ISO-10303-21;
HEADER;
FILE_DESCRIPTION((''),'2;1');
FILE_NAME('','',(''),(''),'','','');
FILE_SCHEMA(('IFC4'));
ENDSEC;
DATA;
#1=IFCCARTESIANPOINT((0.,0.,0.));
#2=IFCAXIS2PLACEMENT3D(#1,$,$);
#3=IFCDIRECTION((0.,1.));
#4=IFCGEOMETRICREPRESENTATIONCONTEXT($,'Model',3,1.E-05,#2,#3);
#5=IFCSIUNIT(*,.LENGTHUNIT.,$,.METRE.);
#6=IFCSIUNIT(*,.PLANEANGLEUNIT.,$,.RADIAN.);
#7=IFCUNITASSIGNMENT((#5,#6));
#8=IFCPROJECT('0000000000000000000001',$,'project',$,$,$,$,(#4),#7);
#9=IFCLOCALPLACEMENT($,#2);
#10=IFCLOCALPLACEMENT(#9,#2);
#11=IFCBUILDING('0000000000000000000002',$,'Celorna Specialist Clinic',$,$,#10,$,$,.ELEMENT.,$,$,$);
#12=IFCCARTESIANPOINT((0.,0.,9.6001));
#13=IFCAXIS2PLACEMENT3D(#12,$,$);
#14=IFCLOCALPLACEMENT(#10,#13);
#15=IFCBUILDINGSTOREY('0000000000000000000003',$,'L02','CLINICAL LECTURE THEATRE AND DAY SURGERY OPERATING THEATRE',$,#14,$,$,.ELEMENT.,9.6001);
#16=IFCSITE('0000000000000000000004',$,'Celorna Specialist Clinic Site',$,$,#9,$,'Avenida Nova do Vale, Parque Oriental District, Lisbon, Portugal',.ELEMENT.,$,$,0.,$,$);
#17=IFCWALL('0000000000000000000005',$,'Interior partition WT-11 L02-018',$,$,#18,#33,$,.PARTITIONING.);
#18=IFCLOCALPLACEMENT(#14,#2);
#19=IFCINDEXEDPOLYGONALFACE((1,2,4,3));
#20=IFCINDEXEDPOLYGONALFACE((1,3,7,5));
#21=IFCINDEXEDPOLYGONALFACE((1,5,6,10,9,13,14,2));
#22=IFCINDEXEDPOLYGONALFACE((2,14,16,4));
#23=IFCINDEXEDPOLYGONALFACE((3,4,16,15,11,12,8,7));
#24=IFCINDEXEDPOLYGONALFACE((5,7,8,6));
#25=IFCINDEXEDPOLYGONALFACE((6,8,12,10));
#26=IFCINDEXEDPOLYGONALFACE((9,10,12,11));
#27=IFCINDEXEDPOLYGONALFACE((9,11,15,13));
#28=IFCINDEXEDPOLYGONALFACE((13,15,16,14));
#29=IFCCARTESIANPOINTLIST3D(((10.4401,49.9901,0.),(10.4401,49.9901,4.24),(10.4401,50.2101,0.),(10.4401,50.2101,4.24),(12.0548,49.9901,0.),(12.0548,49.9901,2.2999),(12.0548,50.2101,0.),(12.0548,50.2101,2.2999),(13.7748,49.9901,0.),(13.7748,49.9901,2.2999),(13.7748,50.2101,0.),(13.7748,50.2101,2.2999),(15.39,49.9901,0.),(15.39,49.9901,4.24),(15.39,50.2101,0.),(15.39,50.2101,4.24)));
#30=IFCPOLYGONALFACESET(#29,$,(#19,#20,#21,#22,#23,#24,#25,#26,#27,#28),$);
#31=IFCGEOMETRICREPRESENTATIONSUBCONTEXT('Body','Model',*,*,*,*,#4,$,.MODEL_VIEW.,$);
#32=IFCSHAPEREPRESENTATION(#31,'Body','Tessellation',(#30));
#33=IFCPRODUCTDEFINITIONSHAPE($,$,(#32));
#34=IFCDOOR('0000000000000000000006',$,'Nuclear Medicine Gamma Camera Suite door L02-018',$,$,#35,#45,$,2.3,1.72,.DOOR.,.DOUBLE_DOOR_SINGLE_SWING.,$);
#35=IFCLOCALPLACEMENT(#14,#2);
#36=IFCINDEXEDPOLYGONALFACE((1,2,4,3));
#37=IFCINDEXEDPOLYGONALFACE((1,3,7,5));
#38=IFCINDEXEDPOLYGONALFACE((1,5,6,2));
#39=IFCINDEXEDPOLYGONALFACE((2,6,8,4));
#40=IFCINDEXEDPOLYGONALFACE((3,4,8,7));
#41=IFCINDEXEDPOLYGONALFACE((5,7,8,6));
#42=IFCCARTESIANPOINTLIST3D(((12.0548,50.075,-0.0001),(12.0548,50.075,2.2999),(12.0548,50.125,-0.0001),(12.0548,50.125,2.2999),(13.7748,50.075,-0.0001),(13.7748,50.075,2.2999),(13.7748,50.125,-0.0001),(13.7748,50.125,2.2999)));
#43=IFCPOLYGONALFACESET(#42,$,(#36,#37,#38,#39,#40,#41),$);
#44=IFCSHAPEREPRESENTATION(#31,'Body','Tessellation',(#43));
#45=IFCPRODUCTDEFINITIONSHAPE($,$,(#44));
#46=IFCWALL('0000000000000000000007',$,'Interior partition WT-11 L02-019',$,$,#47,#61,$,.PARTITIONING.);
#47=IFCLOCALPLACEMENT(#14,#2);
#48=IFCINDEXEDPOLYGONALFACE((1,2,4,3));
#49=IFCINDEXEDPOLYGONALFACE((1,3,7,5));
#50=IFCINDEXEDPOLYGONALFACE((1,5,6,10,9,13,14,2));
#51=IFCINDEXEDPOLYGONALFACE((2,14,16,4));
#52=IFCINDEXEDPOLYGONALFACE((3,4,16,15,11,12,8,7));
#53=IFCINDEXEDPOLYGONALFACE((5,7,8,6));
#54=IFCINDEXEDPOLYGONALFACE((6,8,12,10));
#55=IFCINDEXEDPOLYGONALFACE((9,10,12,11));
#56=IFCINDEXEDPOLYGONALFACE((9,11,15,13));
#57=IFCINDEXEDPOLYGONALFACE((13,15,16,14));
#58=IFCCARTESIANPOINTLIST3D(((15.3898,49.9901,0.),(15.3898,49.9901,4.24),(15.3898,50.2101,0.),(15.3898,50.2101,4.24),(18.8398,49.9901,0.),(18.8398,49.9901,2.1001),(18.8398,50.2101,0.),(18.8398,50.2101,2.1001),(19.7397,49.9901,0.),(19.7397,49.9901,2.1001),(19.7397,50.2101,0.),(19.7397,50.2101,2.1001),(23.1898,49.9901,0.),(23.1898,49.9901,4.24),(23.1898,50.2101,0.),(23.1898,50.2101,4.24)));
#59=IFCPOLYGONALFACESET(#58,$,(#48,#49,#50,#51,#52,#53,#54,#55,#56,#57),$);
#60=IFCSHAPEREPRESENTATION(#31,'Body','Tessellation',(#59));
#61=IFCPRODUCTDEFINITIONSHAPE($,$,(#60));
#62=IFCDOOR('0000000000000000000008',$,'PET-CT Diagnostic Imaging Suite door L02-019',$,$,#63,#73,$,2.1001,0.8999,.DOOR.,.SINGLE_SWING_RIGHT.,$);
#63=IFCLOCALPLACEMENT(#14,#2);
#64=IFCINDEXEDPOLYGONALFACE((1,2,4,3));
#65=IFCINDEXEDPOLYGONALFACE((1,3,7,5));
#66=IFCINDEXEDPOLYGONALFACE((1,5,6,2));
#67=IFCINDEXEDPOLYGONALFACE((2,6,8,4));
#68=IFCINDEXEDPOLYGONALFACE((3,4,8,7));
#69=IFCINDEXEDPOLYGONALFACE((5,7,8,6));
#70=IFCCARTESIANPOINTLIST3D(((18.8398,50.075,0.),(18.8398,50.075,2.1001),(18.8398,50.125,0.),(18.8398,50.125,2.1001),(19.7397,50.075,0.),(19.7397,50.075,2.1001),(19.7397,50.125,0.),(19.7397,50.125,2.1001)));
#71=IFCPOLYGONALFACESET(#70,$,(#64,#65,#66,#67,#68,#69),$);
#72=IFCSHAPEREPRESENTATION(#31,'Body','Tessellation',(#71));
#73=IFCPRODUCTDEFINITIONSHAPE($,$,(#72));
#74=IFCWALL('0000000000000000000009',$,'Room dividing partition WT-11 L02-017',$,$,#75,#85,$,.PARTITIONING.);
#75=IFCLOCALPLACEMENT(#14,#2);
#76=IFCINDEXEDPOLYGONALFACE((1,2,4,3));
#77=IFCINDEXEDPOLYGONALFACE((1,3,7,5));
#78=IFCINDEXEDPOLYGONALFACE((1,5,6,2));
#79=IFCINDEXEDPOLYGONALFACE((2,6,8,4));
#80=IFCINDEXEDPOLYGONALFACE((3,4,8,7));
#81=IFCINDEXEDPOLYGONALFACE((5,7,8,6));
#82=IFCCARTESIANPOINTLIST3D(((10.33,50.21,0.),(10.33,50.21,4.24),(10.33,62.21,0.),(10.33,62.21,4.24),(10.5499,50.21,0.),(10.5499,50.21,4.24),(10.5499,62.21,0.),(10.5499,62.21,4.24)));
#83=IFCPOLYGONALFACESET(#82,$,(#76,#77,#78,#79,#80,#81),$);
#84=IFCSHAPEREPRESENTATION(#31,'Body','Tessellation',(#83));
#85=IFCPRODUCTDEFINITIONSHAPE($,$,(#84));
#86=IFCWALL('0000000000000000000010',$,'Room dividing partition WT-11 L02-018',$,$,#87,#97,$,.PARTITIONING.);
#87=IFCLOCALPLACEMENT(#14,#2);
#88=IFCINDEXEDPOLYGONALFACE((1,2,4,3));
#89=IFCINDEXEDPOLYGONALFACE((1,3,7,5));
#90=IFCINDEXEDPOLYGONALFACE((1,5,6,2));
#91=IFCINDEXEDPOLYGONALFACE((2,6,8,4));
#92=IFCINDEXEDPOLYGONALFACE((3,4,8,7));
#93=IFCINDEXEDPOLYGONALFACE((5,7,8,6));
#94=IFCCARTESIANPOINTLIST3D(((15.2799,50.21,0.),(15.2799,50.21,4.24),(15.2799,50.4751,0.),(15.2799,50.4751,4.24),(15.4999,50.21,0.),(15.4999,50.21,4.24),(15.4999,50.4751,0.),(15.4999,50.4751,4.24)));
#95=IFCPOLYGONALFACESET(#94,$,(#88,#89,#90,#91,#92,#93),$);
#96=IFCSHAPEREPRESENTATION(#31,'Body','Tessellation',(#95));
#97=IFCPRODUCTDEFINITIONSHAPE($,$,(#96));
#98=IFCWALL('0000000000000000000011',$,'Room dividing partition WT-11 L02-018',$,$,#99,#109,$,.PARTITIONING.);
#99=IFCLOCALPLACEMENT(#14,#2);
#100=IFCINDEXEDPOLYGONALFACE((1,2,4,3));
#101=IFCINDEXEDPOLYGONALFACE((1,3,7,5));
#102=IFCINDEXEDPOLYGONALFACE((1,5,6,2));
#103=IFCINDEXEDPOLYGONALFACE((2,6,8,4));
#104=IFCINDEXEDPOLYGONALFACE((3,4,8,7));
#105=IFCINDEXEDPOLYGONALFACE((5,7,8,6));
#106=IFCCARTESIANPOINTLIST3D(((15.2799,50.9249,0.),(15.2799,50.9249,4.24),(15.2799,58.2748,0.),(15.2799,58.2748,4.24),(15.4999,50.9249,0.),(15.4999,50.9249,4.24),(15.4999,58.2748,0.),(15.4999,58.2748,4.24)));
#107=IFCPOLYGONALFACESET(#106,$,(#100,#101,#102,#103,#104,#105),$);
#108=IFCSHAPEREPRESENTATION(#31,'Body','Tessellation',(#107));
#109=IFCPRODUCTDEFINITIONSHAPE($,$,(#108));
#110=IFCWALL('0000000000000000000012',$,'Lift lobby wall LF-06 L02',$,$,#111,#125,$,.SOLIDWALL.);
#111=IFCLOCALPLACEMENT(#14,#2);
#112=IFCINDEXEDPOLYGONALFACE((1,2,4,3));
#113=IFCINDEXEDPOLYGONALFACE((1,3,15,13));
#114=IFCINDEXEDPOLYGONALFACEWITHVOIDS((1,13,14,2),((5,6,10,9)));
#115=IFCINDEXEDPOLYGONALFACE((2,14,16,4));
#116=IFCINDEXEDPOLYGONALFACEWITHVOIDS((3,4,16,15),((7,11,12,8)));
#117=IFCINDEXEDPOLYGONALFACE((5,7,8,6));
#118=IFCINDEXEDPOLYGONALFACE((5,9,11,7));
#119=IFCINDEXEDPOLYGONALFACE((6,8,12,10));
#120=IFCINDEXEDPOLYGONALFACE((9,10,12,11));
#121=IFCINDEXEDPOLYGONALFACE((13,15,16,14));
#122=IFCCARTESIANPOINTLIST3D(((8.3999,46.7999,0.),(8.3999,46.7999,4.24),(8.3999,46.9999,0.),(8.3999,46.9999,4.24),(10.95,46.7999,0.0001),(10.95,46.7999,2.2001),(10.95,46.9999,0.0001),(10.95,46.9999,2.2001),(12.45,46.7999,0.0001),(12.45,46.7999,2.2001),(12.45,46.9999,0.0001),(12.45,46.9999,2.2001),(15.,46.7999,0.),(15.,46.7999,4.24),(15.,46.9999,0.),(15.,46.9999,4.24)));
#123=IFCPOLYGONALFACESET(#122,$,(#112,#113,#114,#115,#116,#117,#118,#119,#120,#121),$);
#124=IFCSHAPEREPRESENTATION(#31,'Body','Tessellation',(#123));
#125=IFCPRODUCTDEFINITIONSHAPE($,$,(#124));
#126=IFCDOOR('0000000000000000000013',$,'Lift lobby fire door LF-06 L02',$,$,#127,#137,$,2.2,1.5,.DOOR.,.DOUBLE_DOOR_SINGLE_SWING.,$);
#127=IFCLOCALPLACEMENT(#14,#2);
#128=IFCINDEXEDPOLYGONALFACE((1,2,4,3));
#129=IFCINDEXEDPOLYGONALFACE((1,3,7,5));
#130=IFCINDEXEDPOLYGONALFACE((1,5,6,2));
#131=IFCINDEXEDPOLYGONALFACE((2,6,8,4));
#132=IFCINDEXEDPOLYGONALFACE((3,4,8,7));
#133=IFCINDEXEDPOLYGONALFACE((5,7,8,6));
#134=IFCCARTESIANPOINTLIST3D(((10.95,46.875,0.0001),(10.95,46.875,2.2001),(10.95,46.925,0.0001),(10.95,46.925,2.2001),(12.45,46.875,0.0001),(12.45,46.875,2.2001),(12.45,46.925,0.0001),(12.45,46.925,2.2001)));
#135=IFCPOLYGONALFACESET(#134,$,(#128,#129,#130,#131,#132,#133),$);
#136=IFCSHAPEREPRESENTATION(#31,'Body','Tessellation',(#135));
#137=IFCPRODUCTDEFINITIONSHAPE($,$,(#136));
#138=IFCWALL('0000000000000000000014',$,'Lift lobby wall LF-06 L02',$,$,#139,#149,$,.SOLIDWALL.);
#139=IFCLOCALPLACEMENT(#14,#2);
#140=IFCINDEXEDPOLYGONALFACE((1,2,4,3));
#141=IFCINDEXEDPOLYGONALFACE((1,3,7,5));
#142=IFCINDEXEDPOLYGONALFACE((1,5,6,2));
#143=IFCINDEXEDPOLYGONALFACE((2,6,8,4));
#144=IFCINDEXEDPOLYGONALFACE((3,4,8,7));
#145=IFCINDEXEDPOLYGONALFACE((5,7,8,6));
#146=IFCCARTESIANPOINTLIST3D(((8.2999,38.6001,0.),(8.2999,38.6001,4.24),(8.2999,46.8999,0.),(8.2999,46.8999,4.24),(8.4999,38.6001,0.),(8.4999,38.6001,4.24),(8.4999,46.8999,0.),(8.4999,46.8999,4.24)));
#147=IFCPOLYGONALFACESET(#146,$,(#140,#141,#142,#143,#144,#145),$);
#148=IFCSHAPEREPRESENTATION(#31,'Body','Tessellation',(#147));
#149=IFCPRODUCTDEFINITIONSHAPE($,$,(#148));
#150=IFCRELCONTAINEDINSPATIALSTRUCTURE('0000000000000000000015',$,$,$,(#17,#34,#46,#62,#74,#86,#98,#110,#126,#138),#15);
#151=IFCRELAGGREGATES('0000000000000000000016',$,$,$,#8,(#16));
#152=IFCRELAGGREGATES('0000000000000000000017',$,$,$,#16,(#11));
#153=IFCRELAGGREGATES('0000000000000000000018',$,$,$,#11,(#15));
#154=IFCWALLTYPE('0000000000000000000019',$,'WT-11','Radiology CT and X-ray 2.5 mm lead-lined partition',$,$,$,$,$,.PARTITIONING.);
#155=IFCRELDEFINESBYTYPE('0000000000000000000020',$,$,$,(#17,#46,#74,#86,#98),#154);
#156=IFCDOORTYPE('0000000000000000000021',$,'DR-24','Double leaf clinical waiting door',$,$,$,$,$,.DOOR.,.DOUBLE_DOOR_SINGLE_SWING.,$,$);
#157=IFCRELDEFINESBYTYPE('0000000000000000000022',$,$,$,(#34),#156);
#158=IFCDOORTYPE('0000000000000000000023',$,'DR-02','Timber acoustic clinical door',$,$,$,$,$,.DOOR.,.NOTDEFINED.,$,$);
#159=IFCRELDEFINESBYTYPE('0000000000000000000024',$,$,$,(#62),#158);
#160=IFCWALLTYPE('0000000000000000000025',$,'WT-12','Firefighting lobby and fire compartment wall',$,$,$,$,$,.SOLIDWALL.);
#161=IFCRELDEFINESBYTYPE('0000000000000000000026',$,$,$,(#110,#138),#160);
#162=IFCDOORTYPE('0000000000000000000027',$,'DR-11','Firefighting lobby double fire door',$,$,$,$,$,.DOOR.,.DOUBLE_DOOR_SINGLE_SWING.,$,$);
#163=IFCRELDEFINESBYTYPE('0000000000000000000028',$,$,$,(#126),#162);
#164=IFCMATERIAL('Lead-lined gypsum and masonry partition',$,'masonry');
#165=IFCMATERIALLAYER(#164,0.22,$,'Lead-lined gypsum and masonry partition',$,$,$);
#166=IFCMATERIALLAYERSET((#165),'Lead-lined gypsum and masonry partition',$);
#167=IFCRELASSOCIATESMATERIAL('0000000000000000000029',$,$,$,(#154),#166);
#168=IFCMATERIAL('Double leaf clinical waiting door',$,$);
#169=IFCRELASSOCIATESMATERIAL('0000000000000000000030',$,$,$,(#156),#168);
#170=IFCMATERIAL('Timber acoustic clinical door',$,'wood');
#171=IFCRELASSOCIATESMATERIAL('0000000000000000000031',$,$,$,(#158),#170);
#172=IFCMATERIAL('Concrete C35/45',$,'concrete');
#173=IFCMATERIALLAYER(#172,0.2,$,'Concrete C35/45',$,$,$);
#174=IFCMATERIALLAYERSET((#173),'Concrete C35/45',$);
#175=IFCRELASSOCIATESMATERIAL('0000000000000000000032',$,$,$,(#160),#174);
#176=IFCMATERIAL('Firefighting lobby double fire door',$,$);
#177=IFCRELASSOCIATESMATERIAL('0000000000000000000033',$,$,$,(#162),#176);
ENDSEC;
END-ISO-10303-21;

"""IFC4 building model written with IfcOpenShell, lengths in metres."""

from ifc_helpers import new_model, si_unit, direction, frame, frame_2d, origin, place, context, subcontext, project, spatial, rectangle, extrude, material, layer, layer_set, type_object, element, fill, save


model = new_model("IFC4")

# Units and contexts
model_context = context("Model", 3, precision=1e-05, world=origin(), true_north=direction((0.0, 1.0)))
body_context = subcontext(model_context, "Body", "Model", "MODEL_VIEW")
ifc_project = project(units=[si_unit("LENGTHUNIT", "METRE"), si_unit("PLANEANGLEUNIT", "RADIAN")], contexts=[model_context])

# Site, building, storey
site_placement = place(None, origin())
site = spatial("IfcSite", under=ifc_project, at=site_placement, Name="Celorna Specialist Clinic Site", LongName="Avenida Nova do Vale, Parque Oriental District, Lisbon, Portugal", CompositionType="ELEMENT", RefElevation=0.0)
building_placement = place(site_placement, origin())
building = spatial("IfcBuilding", under=site, at=building_placement, Name="Celorna Specialist Clinic", CompositionType="ELEMENT")
storey_placement = place(building_placement, frame((0.0, 0.0, 9.6001)))
storey = spatial("IfcBuildingStorey", under=building, at=storey_placement, Name="L02", Description="CLINICAL LECTURE THEATRE AND DAY SURGERY OPERATING THEATRE", CompositionType="ELEMENT", Elevation=9.6001)

# Shared definitions
ifc_material_1 = material(Name="Concrete C35/45", Category="concrete")

# Walls, openings, doors
ifc_material_2 = material(Name="Lead-lined gypsum and masonry partition", Category="masonry")
ifc_layer_1 = layer(ifc_material_2, 0.22, Name="Lead-lined gypsum and masonry partition")
ifc_layer_set_1 = layer_set([ifc_layer_1], Name="Lead-lined gypsum and masonry partition")
wall_type_1 = type_object("IfcWallType", Name="WT-11", Description="Radiology CT and X-ray 2.5 mm lead-lined partition", PredefinedType="PARTITIONING", material=ifc_layer_set_1)
wall_1_placement = place(storey_placement, frame((10.4399, 50.1001, 0.0), z_axis=(0.0, 0.0, 1.0), x_axis=(1.0, 0.0, 0.0)))
wall_1 = element("IfcWall", 1, at=wall_1_placement, inside=storey, type_object=wall_type_1, Name="Interior partition WT-11 L02-018", PredefinedType="PARTITIONING", context=body_context, shape_type="SweptSolid", body=[
    extrude(rectangle(XDim=4.95, YDim=0.22, at=frame_2d((2.4751, 0.0))), origin(), (0.0, 0.0, 1.0), 4.24),
])
opening_1_placement = place(wall_1_placement, frame((1.615, 0.0, 0.0)))
opening_1 = element("IfcOpeningElement", 2, at=opening_1_placement, cuts=wall_1, PredefinedType="OPENING", context=body_context, shape_type="SweptSolid", body=[
    extrude(rectangle(XDim=1.72, YDim=2.3, at=frame_2d((0.8599, 1.1499))), frame((0.0, 0.1199, 0.0), z_axis=(0.0, -1.0, 0.0), x_axis=(1.0, 0.0, 0.0)), (0.0, 0.0, 1.0), 0.24),
])
ifc_material_3 = material(Name="Double leaf clinical waiting door")
door_type_1 = type_object("IfcDoorType", Name="DR-24", Description="Double leaf clinical waiting door", OperationType="DOUBLE_DOOR_SINGLE_SWING", PredefinedType="DOOR", material=ifc_material_3)
door_1_placement = place(opening_1_placement, origin())
door_1 = element("IfcDoor", 3, at=door_1_placement, inside=storey, type_object=door_type_1, Name="Nuclear Medicine Gamma Camera Suite door L02-018", OperationType="DOUBLE_DOOR_SINGLE_SWING", OverallHeight=2.3, OverallWidth=1.72, PredefinedType="DOOR", context=body_context, shape_type="SweptSolid", body=[
    extrude(rectangle(XDim=1.72, YDim=2.3, at=frame_2d((0.8599, 1.1499))), frame((0.0, 0.0249, 0.0), z_axis=(0.0, -1.0, 0.0), x_axis=(1.0, 0.0, 0.0)), (0.0, 0.0, 1.0), 0.05),
])
fill(opening_1, door_1)
wall_2_placement = place(storey_placement, frame((15.3899, 50.1001, 0.0), z_axis=(0.0, 0.0, 1.0), x_axis=(1.0, 0.0, 0.0)))
wall_2 = element("IfcWall", 4, at=wall_2_placement, inside=storey, type_object=wall_type_1, Name="Interior partition WT-11 L02-019", PredefinedType="PARTITIONING", context=body_context, shape_type="SweptSolid", body=[
    extrude(rectangle(XDim=7.8, YDim=0.22, at=frame_2d((3.8999, 0.0))), origin(), (0.0, 0.0, 1.0), 4.24),
])
opening_2_placement = place(wall_2_placement, frame((3.45, 0.0, 0.0)))
opening_2 = element("IfcOpeningElement", 5, at=opening_2_placement, cuts=wall_2, PredefinedType="OPENING", context=body_context, shape_type="SweptSolid", body=[
    extrude(rectangle(XDim=0.8999, YDim=2.1001, at=frame_2d((0.45, 1.05))), frame((0.0, 0.1199, 0.0), z_axis=(0.0, -1.0, 0.0), x_axis=(1.0, 0.0, 0.0)), (0.0, 0.0, 1.0), 0.24),
])
ifc_material_4 = material(Name="Timber acoustic clinical door", Category="wood")
door_type_2 = type_object("IfcDoorType", Name="DR-02", Description="Timber acoustic clinical door", OperationType="NOTDEFINED", PredefinedType="DOOR", material=ifc_material_4)
door_2_placement = place(opening_2_placement, origin())
door_2 = element("IfcDoor", 6, at=door_2_placement, inside=storey, type_object=door_type_2, Name="PET-CT Diagnostic Imaging Suite door L02-019", OperationType="SINGLE_SWING_RIGHT", OverallHeight=2.1001, OverallWidth=0.8999, PredefinedType="DOOR", context=body_context, shape_type="SweptSolid", body=[
    extrude(rectangle(XDim=0.8999, YDim=2.1001, at=frame_2d((0.45, 1.05))), frame((0.0, 0.0249, 0.0), z_axis=(0.0, -1.0, 0.0), x_axis=(1.0, 0.0, 0.0)), (0.0, 0.0, 1.0), 0.05),
])
fill(opening_2, door_2)

# Walls
wall_3_placement = place(storey_placement, frame((10.4399, 50.21, 0.0), z_axis=(0.0, 0.0, 1.0), x_axis=(0.0, 1.0, 0.0)))
element("IfcWall", 7, at=wall_3_placement, inside=storey, type_object=wall_type_1, Name="Room dividing partition WT-11 L02-017", PredefinedType="PARTITIONING", context=body_context, shape_type="SweptSolid", body=[
    extrude(rectangle(XDim=12.0, YDim=0.22, at=frame_2d((6.0, 0.0))), origin(), (0.0, 0.0, 1.0), 4.24),
])
wall_4_placement = place(storey_placement, frame((15.3899, 50.21, 0.0), z_axis=(0.0, 0.0, 1.0), x_axis=(0.0, 1.0, 0.0)))
element("IfcWall", 8, at=wall_4_placement, inside=storey, type_object=wall_type_1, Name="Room dividing partition WT-11 L02-018", PredefinedType="PARTITIONING", context=body_context, shape_type="SweptSolid", body=[
    extrude(rectangle(XDim=0.2651, YDim=0.22, at=frame_2d((0.1326, 0.0))), origin(), (0.0, 0.0, 1.0), 4.24),
])
wall_5_placement = place(storey_placement, frame((15.3899, 50.925, 0.0), z_axis=(0.0, 0.0, 1.0), x_axis=(0.0, 1.0, 0.0)))
element("IfcWall", 9, at=wall_5_placement, inside=storey, type_object=wall_type_1, Name="Room dividing partition WT-11 L02-018", PredefinedType="PARTITIONING", context=body_context, shape_type="SweptSolid", body=[
    extrude(rectangle(XDim=7.3499, YDim=0.22, at=frame_2d((3.6748, 0.0))), origin(), (0.0, 0.0, 1.0), 4.24),
])

# Wall, opening, door
ifc_layer_2 = layer(ifc_material_1, 0.2, Name="Concrete C35/45")
ifc_layer_set_2 = layer_set([ifc_layer_2], Name="Concrete C35/45")
wall_type_2 = type_object("IfcWallType", Name="WT-12", Description="Firefighting lobby and fire compartment wall", PredefinedType="SOLIDWALL", material=ifc_layer_set_2)
wall_6_placement = place(storey_placement, frame((15.0, 46.8999, 0.0), z_axis=(0.0, 0.0, 1.0), x_axis=(-1.0, 0.0, 0.0)))
wall_6 = element("IfcWall", 10, at=wall_6_placement, inside=storey, type_object=wall_type_2, Name="Lift lobby wall LF-06 L02", PredefinedType="SOLIDWALL", context=body_context, shape_type="SweptSolid", body=[
    extrude(rectangle(XDim=6.6001, YDim=0.2, at=frame_2d((3.3, 0.0))), origin(), (0.0, 0.0, 1.0), 4.24),
])
opening_3_placement = place(wall_6_placement, frame((2.55, 0.0, 0.0)))
opening_3 = element("IfcOpeningElement", 11, at=opening_3_placement, cuts=wall_6, PredefinedType="OPENING", context=body_context, shape_type="SweptSolid", body=[
    extrude(rectangle(XDim=1.5, YDim=2.2, at=frame_2d((0.75, 1.1001))), frame((0.0, 0.1099, 0.0), z_axis=(0.0, -1.0, 0.0), x_axis=(1.0, 0.0, 0.0)), (0.0, 0.0, 1.0), 0.22),
])
ifc_material_5 = material(Name="Firefighting lobby double fire door")
door_type_3 = type_object("IfcDoorType", Name="DR-11", Description="Firefighting lobby double fire door", OperationType="DOUBLE_DOOR_SINGLE_SWING", PredefinedType="DOOR", material=ifc_material_5)
door_3_placement = place(opening_3_placement, origin())
door_3 = element("IfcDoor", 12, at=door_3_placement, inside=storey, type_object=door_type_3, Name="Lift lobby fire door LF-06 L02", OperationType="DOUBLE_DOOR_SINGLE_SWING", OverallHeight=2.2, OverallWidth=1.5, PredefinedType="DOOR", context=body_context, shape_type="SweptSolid", body=[
    extrude(rectangle(XDim=1.5, YDim=2.2, at=frame_2d((0.75, 1.1001))), frame((0.0, 0.0249, 0.0), z_axis=(0.0, -1.0, 0.0), x_axis=(1.0, 0.0, 0.0)), (0.0, 0.0, 1.0), 0.05),
])
fill(opening_3, door_3)

# Wall
wall_7_placement = place(storey_placement, frame((8.3999, 46.8999, 0.0), z_axis=(0.0, 0.0, 1.0), x_axis=(0.0, -1.0, 0.0)))
element("IfcWall", 13, at=wall_7_placement, inside=storey, type_object=wall_type_2, Name="Lift lobby wall LF-06 L02", PredefinedType="SOLIDWALL", context=body_context, shape_type="SweptSolid", body=[
    extrude(rectangle(XDim=8.2998, YDim=0.2, at=frame_2d((4.1499, 0.0))), origin(), (0.0, 0.0, 1.0), 4.24),
])

save(model, "model.ifc")
